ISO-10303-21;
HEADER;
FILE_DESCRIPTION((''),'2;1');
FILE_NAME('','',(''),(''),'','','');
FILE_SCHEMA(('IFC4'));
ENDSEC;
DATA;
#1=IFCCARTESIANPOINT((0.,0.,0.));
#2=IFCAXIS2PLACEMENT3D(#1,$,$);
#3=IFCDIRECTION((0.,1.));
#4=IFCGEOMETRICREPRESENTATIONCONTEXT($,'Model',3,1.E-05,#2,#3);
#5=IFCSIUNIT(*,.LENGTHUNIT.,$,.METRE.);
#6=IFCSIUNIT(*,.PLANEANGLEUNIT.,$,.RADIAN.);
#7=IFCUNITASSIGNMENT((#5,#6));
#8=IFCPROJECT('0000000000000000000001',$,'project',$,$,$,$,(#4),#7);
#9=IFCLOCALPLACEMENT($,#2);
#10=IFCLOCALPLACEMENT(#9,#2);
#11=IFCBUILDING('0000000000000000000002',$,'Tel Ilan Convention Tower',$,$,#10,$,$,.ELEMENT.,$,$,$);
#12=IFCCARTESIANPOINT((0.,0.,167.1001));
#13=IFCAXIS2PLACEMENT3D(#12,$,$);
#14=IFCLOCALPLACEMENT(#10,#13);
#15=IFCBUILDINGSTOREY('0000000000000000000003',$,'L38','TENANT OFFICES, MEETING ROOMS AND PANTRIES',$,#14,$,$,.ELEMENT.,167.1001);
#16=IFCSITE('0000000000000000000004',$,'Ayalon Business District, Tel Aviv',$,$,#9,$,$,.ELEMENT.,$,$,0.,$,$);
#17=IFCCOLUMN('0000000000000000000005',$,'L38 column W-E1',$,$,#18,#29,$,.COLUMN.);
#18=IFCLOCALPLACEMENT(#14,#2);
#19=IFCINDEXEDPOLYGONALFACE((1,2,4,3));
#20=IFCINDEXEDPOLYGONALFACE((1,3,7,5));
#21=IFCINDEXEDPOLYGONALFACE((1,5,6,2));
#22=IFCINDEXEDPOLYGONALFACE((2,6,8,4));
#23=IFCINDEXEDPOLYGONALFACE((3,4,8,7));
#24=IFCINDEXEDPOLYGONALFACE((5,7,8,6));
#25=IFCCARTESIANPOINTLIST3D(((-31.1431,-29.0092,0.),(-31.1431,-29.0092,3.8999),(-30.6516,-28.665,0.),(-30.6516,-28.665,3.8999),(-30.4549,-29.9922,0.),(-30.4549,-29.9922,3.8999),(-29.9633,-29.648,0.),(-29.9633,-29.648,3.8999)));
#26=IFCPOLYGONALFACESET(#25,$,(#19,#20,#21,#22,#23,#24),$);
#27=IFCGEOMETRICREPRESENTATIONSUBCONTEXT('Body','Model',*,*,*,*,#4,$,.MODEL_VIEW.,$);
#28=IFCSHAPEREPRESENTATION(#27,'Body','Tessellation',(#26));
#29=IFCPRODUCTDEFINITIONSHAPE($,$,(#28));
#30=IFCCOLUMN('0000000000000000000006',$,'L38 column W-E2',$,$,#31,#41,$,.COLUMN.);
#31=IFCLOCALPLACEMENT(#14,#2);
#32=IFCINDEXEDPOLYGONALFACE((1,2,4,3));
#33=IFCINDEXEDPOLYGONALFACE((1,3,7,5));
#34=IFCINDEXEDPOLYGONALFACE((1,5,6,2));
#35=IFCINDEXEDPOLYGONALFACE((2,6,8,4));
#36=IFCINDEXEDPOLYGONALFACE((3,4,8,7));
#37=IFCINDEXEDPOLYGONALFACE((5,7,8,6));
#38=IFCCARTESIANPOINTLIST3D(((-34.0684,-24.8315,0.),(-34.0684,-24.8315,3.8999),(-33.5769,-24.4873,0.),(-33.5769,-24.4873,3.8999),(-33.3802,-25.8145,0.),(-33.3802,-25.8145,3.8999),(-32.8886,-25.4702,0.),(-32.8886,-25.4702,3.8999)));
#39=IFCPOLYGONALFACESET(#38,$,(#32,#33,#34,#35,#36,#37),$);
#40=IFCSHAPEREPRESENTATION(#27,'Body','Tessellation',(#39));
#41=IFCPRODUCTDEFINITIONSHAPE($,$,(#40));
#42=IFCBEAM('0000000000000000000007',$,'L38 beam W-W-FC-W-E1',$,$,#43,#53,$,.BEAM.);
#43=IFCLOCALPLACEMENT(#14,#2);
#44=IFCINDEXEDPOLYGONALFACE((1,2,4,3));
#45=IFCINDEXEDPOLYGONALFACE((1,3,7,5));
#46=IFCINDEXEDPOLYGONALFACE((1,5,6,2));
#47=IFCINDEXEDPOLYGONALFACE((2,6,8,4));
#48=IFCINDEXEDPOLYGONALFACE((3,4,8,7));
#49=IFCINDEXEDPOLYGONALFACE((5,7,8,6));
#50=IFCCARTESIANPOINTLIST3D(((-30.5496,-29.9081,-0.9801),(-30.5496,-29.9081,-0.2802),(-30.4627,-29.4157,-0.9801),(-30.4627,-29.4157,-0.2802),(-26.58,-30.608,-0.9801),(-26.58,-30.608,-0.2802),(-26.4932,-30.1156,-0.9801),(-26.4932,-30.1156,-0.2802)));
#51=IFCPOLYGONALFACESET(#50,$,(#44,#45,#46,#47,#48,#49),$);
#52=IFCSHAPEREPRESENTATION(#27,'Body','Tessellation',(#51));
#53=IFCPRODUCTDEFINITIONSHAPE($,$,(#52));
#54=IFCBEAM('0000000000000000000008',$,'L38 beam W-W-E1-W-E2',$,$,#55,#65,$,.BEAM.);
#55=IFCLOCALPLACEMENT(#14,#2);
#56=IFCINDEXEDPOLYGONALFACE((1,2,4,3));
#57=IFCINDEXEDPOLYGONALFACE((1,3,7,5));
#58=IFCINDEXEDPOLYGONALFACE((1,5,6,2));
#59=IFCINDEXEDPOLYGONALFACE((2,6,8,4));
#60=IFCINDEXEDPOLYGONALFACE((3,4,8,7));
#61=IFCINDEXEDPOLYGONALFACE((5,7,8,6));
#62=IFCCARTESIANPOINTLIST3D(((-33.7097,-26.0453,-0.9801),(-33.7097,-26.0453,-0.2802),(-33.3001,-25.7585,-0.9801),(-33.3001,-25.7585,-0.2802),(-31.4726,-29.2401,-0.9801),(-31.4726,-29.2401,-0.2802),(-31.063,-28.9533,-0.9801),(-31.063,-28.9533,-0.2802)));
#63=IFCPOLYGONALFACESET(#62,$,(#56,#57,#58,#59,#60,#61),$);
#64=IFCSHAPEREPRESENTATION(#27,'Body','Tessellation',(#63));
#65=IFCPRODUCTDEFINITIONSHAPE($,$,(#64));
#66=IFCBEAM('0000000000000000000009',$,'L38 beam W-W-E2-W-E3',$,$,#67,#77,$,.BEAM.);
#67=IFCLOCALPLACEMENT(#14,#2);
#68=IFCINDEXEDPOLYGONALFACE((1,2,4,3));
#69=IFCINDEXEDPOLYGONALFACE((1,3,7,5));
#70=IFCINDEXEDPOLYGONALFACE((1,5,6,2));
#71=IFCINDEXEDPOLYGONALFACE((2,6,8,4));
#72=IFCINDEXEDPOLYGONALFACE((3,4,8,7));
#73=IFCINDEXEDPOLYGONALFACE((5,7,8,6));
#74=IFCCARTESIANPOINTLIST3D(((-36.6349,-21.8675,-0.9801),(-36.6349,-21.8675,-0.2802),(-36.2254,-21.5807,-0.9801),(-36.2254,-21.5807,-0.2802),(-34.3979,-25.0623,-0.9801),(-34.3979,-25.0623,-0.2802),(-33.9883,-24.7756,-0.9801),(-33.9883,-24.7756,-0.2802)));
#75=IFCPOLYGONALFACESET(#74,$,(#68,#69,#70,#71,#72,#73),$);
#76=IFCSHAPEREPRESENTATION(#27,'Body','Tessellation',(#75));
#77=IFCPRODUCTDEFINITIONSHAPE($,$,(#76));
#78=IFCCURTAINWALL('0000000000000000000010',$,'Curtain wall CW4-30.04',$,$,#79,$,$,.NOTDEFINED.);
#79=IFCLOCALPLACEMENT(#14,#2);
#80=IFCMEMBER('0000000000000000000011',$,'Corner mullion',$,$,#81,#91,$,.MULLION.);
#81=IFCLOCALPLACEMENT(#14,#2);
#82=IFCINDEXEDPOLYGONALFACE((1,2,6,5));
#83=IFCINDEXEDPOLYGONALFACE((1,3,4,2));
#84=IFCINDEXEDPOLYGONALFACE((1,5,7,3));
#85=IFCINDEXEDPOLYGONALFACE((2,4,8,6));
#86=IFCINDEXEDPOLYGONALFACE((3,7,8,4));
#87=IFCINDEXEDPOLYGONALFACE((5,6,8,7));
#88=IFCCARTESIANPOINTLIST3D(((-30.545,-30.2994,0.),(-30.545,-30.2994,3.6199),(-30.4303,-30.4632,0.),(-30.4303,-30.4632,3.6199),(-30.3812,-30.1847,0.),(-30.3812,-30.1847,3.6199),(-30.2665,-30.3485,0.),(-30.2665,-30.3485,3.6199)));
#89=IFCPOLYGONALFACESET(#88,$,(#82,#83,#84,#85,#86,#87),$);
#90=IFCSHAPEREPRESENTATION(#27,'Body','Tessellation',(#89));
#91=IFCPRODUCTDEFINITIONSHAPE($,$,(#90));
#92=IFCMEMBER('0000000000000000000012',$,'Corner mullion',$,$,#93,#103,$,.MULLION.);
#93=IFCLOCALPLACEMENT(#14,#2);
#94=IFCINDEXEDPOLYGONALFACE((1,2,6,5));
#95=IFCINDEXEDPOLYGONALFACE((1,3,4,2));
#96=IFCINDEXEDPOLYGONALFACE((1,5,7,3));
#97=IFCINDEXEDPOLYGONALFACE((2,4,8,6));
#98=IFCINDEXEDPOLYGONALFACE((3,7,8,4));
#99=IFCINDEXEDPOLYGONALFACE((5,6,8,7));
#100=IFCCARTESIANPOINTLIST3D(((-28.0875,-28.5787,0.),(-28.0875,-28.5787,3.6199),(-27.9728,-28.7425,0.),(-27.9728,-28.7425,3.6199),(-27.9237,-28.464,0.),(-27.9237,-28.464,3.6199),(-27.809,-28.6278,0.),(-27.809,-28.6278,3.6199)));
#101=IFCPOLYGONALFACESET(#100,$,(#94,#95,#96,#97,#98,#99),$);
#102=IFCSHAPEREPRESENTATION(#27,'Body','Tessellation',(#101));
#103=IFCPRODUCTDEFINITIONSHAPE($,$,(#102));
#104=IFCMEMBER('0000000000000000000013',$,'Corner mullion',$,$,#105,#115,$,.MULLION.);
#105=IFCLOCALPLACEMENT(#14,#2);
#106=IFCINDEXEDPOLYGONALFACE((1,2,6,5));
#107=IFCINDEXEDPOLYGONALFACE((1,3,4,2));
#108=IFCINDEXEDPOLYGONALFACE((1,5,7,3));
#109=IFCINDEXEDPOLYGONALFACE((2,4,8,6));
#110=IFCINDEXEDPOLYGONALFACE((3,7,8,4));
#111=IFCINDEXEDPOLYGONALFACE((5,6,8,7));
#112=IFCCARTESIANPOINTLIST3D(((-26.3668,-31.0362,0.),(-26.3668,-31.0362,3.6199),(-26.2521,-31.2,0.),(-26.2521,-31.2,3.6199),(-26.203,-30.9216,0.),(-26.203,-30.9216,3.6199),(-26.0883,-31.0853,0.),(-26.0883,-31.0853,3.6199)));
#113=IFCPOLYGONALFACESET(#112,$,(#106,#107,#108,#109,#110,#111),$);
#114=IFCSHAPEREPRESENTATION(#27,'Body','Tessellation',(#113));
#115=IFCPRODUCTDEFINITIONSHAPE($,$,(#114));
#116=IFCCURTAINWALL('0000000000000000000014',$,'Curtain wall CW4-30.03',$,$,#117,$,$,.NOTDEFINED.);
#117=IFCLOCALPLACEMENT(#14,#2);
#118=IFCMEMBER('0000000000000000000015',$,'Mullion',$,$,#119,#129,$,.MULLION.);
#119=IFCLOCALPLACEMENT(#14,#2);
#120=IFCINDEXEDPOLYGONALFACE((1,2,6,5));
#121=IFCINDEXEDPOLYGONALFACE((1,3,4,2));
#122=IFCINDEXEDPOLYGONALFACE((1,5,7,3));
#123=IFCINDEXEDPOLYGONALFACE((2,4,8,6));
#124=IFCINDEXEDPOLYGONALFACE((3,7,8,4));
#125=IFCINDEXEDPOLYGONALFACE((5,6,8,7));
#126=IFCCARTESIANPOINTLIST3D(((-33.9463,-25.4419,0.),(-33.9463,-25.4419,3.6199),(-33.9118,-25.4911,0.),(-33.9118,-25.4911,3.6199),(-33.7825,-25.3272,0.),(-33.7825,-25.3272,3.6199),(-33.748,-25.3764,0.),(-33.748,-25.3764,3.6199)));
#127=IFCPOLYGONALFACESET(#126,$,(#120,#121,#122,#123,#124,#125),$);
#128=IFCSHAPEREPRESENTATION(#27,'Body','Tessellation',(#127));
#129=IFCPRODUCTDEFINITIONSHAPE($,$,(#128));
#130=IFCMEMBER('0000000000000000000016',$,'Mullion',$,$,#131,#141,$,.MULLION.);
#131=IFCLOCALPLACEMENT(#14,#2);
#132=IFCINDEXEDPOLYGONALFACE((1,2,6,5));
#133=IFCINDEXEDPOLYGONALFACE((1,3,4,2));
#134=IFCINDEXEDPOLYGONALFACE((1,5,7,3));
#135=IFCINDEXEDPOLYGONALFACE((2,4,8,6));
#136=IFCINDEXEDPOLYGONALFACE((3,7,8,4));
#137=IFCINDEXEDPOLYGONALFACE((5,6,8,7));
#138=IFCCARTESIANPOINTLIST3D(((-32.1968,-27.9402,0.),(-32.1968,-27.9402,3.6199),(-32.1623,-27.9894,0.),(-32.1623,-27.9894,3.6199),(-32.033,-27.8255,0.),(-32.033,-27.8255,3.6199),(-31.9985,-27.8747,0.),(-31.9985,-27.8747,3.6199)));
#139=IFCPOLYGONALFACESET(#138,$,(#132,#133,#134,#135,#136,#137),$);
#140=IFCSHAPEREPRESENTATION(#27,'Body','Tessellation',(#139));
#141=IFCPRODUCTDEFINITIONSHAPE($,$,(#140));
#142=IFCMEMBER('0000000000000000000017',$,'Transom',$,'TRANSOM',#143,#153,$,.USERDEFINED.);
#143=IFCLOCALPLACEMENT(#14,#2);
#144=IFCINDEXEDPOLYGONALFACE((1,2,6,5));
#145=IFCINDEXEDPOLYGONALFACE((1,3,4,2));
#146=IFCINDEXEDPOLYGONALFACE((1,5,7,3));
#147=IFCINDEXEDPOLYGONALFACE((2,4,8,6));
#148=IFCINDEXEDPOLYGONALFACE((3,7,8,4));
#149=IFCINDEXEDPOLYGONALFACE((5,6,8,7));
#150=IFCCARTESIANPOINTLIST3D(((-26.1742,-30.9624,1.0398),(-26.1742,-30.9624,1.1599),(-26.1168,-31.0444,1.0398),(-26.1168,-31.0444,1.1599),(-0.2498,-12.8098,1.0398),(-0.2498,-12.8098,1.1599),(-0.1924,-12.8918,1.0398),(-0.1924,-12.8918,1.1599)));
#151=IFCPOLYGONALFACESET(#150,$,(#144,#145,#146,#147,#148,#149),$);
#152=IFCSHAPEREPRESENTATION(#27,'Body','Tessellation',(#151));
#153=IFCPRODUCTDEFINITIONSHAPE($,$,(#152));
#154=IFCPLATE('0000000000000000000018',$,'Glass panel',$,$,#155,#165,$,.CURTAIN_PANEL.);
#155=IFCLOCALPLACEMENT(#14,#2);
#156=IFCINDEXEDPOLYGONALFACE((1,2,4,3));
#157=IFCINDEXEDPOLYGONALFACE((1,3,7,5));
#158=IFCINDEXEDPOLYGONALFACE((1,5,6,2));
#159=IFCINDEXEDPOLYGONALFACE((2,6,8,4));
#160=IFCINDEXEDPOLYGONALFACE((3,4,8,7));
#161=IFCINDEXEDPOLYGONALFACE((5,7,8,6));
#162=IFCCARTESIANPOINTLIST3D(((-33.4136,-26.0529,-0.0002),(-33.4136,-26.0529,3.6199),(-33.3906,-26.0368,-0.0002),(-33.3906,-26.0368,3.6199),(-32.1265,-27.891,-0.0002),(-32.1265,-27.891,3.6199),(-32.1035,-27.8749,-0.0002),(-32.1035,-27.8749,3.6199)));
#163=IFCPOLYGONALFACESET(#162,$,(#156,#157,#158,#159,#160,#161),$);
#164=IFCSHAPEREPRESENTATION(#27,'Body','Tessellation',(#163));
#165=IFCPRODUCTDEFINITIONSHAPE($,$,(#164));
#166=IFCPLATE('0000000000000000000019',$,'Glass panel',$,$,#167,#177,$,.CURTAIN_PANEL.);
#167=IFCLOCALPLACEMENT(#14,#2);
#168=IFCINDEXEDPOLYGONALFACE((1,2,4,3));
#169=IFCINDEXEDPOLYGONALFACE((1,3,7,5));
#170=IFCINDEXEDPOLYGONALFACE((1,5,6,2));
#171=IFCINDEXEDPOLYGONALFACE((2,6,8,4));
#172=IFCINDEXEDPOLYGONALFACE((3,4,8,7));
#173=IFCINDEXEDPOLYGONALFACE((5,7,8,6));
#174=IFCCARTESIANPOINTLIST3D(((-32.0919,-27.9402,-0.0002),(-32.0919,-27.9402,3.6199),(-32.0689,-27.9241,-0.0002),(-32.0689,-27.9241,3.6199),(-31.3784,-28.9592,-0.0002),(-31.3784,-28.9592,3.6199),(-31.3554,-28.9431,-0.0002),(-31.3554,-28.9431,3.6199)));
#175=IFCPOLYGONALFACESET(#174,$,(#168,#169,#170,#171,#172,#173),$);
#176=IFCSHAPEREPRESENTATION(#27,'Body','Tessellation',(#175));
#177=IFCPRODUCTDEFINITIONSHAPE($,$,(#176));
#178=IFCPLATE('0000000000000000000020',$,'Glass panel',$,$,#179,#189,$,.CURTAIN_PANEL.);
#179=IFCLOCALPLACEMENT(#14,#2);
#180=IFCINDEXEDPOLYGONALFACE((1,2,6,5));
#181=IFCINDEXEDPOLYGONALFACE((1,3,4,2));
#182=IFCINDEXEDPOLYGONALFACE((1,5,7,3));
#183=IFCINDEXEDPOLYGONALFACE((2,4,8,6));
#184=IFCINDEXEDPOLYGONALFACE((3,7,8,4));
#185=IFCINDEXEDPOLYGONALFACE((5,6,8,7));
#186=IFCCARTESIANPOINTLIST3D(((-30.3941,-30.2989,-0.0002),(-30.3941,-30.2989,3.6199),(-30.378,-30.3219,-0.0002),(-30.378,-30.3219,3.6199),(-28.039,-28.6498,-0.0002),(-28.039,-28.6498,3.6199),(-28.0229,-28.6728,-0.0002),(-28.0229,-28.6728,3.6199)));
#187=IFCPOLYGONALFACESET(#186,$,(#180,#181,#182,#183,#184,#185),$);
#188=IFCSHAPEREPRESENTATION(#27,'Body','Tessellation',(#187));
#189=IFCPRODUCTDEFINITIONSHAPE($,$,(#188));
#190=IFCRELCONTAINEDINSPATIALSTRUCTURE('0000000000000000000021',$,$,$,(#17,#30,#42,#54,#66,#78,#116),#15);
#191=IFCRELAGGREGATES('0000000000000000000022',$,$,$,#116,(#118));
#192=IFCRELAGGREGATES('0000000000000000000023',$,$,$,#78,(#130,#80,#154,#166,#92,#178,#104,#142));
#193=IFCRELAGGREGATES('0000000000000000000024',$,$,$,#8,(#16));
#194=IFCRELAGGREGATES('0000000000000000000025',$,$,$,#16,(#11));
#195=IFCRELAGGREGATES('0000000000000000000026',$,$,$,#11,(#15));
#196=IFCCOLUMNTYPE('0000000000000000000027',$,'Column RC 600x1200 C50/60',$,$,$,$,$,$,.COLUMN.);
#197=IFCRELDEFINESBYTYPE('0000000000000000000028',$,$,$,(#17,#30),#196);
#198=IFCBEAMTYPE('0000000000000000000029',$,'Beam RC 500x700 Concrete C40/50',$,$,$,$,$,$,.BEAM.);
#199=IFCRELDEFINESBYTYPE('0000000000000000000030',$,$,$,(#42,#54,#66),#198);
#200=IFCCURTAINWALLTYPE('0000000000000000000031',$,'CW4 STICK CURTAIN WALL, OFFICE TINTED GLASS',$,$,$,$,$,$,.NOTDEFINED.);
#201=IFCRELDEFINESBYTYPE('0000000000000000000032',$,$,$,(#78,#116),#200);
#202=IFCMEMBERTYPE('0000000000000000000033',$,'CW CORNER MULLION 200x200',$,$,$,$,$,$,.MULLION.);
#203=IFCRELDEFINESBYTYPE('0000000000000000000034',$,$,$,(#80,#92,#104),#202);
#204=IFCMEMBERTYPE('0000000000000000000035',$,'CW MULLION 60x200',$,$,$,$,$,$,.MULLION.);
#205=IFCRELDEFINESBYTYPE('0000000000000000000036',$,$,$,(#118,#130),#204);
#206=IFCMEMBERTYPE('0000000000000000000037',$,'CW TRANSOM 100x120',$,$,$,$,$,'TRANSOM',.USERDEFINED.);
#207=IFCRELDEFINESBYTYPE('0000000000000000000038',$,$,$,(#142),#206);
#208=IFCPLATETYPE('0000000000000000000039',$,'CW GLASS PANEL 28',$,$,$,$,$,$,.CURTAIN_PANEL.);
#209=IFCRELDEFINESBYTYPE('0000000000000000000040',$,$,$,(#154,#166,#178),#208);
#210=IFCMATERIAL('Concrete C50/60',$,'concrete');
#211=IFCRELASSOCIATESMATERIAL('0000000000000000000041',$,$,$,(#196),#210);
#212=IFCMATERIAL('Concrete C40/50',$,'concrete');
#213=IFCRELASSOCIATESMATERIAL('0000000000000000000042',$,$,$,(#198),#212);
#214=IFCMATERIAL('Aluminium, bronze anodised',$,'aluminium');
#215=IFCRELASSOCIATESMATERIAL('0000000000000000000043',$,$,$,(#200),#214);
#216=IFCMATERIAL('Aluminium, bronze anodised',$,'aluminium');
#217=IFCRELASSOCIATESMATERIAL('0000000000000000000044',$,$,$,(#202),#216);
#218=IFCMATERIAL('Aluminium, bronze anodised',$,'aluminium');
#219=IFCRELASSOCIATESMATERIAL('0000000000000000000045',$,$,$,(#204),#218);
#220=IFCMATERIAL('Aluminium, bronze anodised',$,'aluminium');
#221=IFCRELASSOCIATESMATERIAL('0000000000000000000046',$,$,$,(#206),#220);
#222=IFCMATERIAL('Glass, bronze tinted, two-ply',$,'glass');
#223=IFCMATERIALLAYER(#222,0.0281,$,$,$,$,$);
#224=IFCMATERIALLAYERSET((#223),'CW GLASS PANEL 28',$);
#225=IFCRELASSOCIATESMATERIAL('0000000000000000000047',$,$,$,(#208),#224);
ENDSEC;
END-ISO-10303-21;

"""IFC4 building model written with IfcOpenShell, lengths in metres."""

from ifc_helpers import new_model, si_unit, direction, frame, origin, origin_2d, place, context, subcontext, project, spatial, rectangle, extrude, material, layer, layer_set, material_profile, profile_set, type_object, element, aggregate, save


model = new_model("IFC4")

# Units and contexts
model_context = context("Model", 3, precision=1e-05, world=origin(), true_north=direction((0.0, 1.0)))
body_context = subcontext(model_context, "Body", "Model", "MODEL_VIEW")
ifc_project = project(units=[si_unit("LENGTHUNIT", "METRE"), si_unit("PLANEANGLEUNIT", "RADIAN")], contexts=[model_context])

# Site, building, storey
site_placement = place(None, origin())
site = spatial("IfcSite", under=ifc_project, at=site_placement, Name="Ayalon Business District, Tel Aviv", CompositionType="ELEMENT", RefElevation=0.0)
building_placement = place(site_placement, origin())
building = spatial("IfcBuilding", under=site, at=building_placement, Name="Tel Ilan Convention Tower", CompositionType="ELEMENT")
storey_placement = place(building_placement, frame((0.0, 0.0, 167.1001)))
storey = spatial("IfcBuildingStorey", under=building, at=storey_placement, Name="L38", Description="TENANT OFFICES, MEETING ROOMS AND PANTRIES", CompositionType="ELEMENT", Elevation=167.1001)

# Columns
ifc_material_1 = material(Name="Concrete C50/60", Category="concrete")
ifc_material_profile_1 = material_profile(ifc_material_1, rectangle(XDim=1.2, YDim=0.6001, at=origin_2d()), Name="RC 600x1200")
ifc_profile_set_1 = profile_set([ifc_material_profile_1], Name="Concrete C50/60")
column_type = type_object("IfcColumnType", Name="Column RC 600x1200 C50/60", PredefinedType="COLUMN", material=ifc_profile_set_1)
for number, where, z_axis, x_axis, name in (
    (1, (-30.5532, -29.3286, 0.0), (0.0, 0.0, 1.0), (-0.573576, 0.819152, 0.0), "L38 column W-E1"),
    (2, (-33.4785, -25.1509, 0.0), (0.0, 0.0, 1.0), (-0.573576, 0.819152, 0.0), "L38 column W-E2"),
):
    element("IfcColumn", number, at=place(storey_placement, frame(where, z_axis=z_axis, x_axis=x_axis)), inside=storey, type_object=column_type, Name=name, PredefinedType="COLUMN", context=body_context, shape_type="SweptSolid", body=[
        extrude(rectangle(XDim=1.2, YDim=0.6001, at=origin_2d()), origin(), (0.0, 0.0, 1.0), 3.8999),
    ])

# Beams
ifc_material_2 = material(Name="Concrete C40/50", Category="concrete")
ifc_material_profile_2 = material_profile(ifc_material_2, rectangle(XDim=0.5, YDim=0.7, at=origin_2d()), Name="RC 500x700")
ifc_profile_set_2 = profile_set([ifc_material_profile_2], Name="Concrete C40/50")
beam_type = type_object("IfcBeamType", Name="Beam RC 500x700 Concrete C40/50", PredefinedType="BEAM", material=ifc_profile_set_2)
beam_placement = place(storey_placement, frame((-26.5366, -30.3618, -0.6301), z_axis=(-0.984807, 0.173654, 0.0), x_axis=(-0.173654, -0.984807, 0.0)))
element("IfcBeam", 3, at=beam_placement, inside=storey, type_object=beam_type, Name="L38 beam W-W-FC-W-E1", PredefinedType="BEAM", context=body_context, shape_type="SweptSolid", body=[
    extrude(rectangle(XDim=0.5, YDim=0.7, at=origin_2d()), origin(), (0.0, 0.0, 1.0), 4.0308),
])
for number, where, z_axis, x_axis, name in (
    (4, (-31.2678, -29.0967, -0.6301), (-0.57358, 0.81915, 0.0), (-0.81915, -0.57358, 0.0), "L38 beam W-W-E1-W-E2"),
    (5, (-34.1931, -24.9189, -0.6301), (-0.57358, 0.81915, 0.0), (-0.81915, -0.57358, 0.0), "L38 beam W-W-E2-W-E3"),
):
    element("IfcBeam", number, at=place(storey_placement, frame(where, z_axis=z_axis, x_axis=x_axis)), inside=storey, type_object=beam_type, Name=name, PredefinedType="BEAM", context=body_context, shape_type="SweptSolid", body=[
        extrude(rectangle(XDim=0.5, YDim=0.7, at=origin_2d()), origin(), (0.0, 0.0, 1.0), 3.9001),
    ])

# Curtain wall, members
ifc_material_3 = material(Name="Aluminium, bronze anodised", Category="aluminium")
curtain_wall_type = type_object("IfcCurtainWallType", Name="CW4 STICK CURTAIN WALL, OFFICE TINTED GLASS", PredefinedType="NOTDEFINED", material=ifc_material_3)
curtain_wall_1_placement = place(storey_placement, origin())
curtain_wall_1 = element("IfcCurtainWall", 6, at=curtain_wall_1_placement, inside=storey, type_object=curtain_wall_type, Name="Curtain wall CW4-30.04", PredefinedType="NOTDEFINED")
ifc_material_4 = material(Name="Aluminium, bronze anodised", Category="aluminium")
ifc_material_profile_3 = material_profile(ifc_material_4, rectangle(XDim=0.2, YDim=0.2, at=origin_2d()), Name="CW CORNER MULLION 200x200")
ifc_profile_set_3 = profile_set([ifc_material_profile_3], Name="Aluminium, bronze anodised")
member_type_1 = type_object("IfcMemberType", Name="CW CORNER MULLION 200x200", PredefinedType="MULLION", material=ifc_profile_set_3)
member_1_placement = place(storey_placement, frame((-30.4058, -30.324, 0.0), z_axis=(0.0, 0.0, 1.0), x_axis=(0.573576, -0.819152, 0.0)))
member_1 = element("IfcMember", 7, at=member_1_placement, type_object=member_type_1, Name="Corner mullion", PredefinedType="MULLION", context=body_context, shape_type="SweptSolid", body=[
    extrude(rectangle(XDim=0.2, YDim=0.2, at=origin_2d()), origin(), (0.0, 0.0, 1.0), 3.6199),
])
member_2_placement = place(storey_placement, frame((-27.9482, -28.6033, 0.0), z_axis=(0.0, 0.0, 1.0), x_axis=(0.819152, 0.573576, 0.0)))
member_2 = element("IfcMember", 8, at=member_2_placement, type_object=member_type_1, Name="Corner mullion", PredefinedType="MULLION", context=body_context, shape_type="SweptSolid", body=[
    extrude(rectangle(XDim=0.2, YDim=0.2, at=origin_2d()), origin(), (0.0, 0.0, 1.0), 3.6199),
])
member_3_placement = place(storey_placement, frame((-26.2275, -31.0608, 0.0), z_axis=(0.0, 0.0, 1.0), x_axis=(0.573576, -0.819152, 0.0)))
member_3 = element("IfcMember", 9, at=member_3_placement, type_object=member_type_1, Name="Corner mullion", PredefinedType="MULLION", context=body_context, shape_type="SweptSolid", body=[
    extrude(rectangle(XDim=0.2, YDim=0.2, at=origin_2d()), origin(), (0.0, 0.0, 1.0), 3.6199),
])

# Curtain wall, member
curtain_wall_2_placement = place(storey_placement, origin())
curtain_wall_2 = element("IfcCurtainWall", 10, at=curtain_wall_2_placement, inside=storey, type_object=curtain_wall_type, Name="Curtain wall CW4-30.03", PredefinedType="NOTDEFINED")
ifc_material_5 = material(Name="Aluminium, bronze anodised", Category="aluminium")
ifc_material_profile_4 = material_profile(ifc_material_5, rectangle(XDim=0.0601, YDim=0.2, at=origin_2d()), Name="CW MULLION 60x200")
ifc_profile_set_4 = profile_set([ifc_material_profile_4], Name="Aluminium, bronze anodised")
member_type_2 = type_object("IfcMemberType", Name="CW MULLION 60x200", PredefinedType="MULLION", material=ifc_profile_set_4)
member_4_placement = place(storey_placement, frame((-33.8472, -25.4092, 0.0), z_axis=(0.0, 0.0, 1.0), x_axis=(0.573576, -0.819152, 0.0)))
member_4 = element("IfcMember", 11, at=member_4_placement, type_object=member_type_2, Name="Mullion", PredefinedType="MULLION", context=body_context, shape_type="SweptSolid", body=[
    extrude(rectangle(XDim=0.0601, YDim=0.2, at=origin_2d()), origin(), (0.0, 0.0, 1.0), 3.6199),
])
aggregate(curtain_wall_2, [member_4])

# Members
member_5_placement = place(storey_placement, frame((-32.0977, -27.9075, 0.0), z_axis=(0.0, 0.0, 1.0), x_axis=(0.573576, -0.819152, 0.0)))
member_5 = element("IfcMember", 12, at=member_5_placement, type_object=member_type_2, Name="Mullion", PredefinedType="MULLION", context=body_context, shape_type="SweptSolid", body=[
    extrude(rectangle(XDim=0.0601, YDim=0.2, at=origin_2d()), origin(), (0.0, 0.0, 1.0), 3.6199),
])
ifc_material_6 = material(Name="Aluminium, bronze anodised", Category="aluminium")
ifc_material_profile_5 = material_profile(ifc_material_6, rectangle(XDim=0.1001, YDim=0.1201, at=origin_2d()), Name="CW TRANSOM 100x120")
ifc_profile_set_5 = profile_set([ifc_material_profile_5], Name="Aluminium, bronze anodised")
member_type_3 = type_object("IfcMemberType", Name="CW TRANSOM 100x120", ElementType="TRANSOM", PredefinedType="USERDEFINED", material=ifc_profile_set_5)
member_6_placement = place(storey_placement, frame((-26.1455, -31.0034, 1.0999), z_axis=(0.819149, 0.57358, 0.0), x_axis=(-0.57358, 0.819149, 0.0)))
member_6 = element("IfcMember", 13, at=member_6_placement, type_object=member_type_3, Name="Transom", ObjectType="TRANSOM", PredefinedType="USERDEFINED", context=body_context, shape_type="SweptSolid", body=[
    extrude(rectangle(XDim=0.1001, YDim=0.1201, at=origin_2d()), origin(), (0.0, 0.0, 1.0), 31.6479),
])

# Plates
ifc_material_7 = material(Name="Glass, bronze tinted, two-ply", Category="glass")
ifc_layer_1 = layer(ifc_material_7, 0.0281)
ifc_layer_set_1 = layer_set([ifc_layer_1], Name="CW GLASS PANEL 28")
plate_type = type_object("IfcPlateType", Name="CW GLASS PANEL 28", PredefinedType="CURTAIN_PANEL", material=ifc_layer_set_1)
plate_1_placement = place(storey_placement, frame((-32.7585, -26.9639, -0.0002), z_axis=(0.0, 0.0, 1.0), x_axis=(0.573576, -0.819152, 0.0)))
plate_1 = element("IfcPlate", 14, at=plate_1_placement, type_object=plate_type, Name="Glass panel", PredefinedType="CURTAIN_PANEL", context=body_context, shape_type="SweptSolid", body=[
    extrude(rectangle(XDim=2.2439, YDim=0.0281, at=origin_2d()), origin(), (0.0, 0.0, 1.0), 3.6201),
])
plate_2_placement = place(storey_placement, frame((-31.7236, -28.4417, -0.0002), z_axis=(0.0, 0.0, 1.0), x_axis=(0.573576, -0.819152, 0.0)))
plate_2 = element("IfcPlate", 15, at=plate_2_placement, type_object=plate_type, Name="Glass panel", PredefinedType="CURTAIN_PANEL", context=body_context, shape_type="SweptSolid", body=[
    extrude(rectangle(XDim=1.2439, YDim=0.0281, at=origin_2d()), origin(), (0.0, 0.0, 1.0), 3.6201),
])
plate_3_placement = place(storey_placement, frame((-29.2085, -29.4858, -0.0002), z_axis=(0.0, 0.0, 1.0), x_axis=(0.819152, 0.573576, 0.0)))
plate_3 = element("IfcPlate", 16, at=plate_3_placement, type_object=plate_type, Name="Glass panel", PredefinedType="CURTAIN_PANEL", context=body_context, shape_type="SweptSolid", body=[
    extrude(rectangle(XDim=2.875, YDim=0.0281, at=origin_2d()), origin(), (0.0, 0.0, 1.0), 3.6201),
])
aggregate(curtain_wall_1, [member_5, member_1, plate_1, plate_2, member_2, plate_3, member_3, member_6])

save(model, "model.ifc")
